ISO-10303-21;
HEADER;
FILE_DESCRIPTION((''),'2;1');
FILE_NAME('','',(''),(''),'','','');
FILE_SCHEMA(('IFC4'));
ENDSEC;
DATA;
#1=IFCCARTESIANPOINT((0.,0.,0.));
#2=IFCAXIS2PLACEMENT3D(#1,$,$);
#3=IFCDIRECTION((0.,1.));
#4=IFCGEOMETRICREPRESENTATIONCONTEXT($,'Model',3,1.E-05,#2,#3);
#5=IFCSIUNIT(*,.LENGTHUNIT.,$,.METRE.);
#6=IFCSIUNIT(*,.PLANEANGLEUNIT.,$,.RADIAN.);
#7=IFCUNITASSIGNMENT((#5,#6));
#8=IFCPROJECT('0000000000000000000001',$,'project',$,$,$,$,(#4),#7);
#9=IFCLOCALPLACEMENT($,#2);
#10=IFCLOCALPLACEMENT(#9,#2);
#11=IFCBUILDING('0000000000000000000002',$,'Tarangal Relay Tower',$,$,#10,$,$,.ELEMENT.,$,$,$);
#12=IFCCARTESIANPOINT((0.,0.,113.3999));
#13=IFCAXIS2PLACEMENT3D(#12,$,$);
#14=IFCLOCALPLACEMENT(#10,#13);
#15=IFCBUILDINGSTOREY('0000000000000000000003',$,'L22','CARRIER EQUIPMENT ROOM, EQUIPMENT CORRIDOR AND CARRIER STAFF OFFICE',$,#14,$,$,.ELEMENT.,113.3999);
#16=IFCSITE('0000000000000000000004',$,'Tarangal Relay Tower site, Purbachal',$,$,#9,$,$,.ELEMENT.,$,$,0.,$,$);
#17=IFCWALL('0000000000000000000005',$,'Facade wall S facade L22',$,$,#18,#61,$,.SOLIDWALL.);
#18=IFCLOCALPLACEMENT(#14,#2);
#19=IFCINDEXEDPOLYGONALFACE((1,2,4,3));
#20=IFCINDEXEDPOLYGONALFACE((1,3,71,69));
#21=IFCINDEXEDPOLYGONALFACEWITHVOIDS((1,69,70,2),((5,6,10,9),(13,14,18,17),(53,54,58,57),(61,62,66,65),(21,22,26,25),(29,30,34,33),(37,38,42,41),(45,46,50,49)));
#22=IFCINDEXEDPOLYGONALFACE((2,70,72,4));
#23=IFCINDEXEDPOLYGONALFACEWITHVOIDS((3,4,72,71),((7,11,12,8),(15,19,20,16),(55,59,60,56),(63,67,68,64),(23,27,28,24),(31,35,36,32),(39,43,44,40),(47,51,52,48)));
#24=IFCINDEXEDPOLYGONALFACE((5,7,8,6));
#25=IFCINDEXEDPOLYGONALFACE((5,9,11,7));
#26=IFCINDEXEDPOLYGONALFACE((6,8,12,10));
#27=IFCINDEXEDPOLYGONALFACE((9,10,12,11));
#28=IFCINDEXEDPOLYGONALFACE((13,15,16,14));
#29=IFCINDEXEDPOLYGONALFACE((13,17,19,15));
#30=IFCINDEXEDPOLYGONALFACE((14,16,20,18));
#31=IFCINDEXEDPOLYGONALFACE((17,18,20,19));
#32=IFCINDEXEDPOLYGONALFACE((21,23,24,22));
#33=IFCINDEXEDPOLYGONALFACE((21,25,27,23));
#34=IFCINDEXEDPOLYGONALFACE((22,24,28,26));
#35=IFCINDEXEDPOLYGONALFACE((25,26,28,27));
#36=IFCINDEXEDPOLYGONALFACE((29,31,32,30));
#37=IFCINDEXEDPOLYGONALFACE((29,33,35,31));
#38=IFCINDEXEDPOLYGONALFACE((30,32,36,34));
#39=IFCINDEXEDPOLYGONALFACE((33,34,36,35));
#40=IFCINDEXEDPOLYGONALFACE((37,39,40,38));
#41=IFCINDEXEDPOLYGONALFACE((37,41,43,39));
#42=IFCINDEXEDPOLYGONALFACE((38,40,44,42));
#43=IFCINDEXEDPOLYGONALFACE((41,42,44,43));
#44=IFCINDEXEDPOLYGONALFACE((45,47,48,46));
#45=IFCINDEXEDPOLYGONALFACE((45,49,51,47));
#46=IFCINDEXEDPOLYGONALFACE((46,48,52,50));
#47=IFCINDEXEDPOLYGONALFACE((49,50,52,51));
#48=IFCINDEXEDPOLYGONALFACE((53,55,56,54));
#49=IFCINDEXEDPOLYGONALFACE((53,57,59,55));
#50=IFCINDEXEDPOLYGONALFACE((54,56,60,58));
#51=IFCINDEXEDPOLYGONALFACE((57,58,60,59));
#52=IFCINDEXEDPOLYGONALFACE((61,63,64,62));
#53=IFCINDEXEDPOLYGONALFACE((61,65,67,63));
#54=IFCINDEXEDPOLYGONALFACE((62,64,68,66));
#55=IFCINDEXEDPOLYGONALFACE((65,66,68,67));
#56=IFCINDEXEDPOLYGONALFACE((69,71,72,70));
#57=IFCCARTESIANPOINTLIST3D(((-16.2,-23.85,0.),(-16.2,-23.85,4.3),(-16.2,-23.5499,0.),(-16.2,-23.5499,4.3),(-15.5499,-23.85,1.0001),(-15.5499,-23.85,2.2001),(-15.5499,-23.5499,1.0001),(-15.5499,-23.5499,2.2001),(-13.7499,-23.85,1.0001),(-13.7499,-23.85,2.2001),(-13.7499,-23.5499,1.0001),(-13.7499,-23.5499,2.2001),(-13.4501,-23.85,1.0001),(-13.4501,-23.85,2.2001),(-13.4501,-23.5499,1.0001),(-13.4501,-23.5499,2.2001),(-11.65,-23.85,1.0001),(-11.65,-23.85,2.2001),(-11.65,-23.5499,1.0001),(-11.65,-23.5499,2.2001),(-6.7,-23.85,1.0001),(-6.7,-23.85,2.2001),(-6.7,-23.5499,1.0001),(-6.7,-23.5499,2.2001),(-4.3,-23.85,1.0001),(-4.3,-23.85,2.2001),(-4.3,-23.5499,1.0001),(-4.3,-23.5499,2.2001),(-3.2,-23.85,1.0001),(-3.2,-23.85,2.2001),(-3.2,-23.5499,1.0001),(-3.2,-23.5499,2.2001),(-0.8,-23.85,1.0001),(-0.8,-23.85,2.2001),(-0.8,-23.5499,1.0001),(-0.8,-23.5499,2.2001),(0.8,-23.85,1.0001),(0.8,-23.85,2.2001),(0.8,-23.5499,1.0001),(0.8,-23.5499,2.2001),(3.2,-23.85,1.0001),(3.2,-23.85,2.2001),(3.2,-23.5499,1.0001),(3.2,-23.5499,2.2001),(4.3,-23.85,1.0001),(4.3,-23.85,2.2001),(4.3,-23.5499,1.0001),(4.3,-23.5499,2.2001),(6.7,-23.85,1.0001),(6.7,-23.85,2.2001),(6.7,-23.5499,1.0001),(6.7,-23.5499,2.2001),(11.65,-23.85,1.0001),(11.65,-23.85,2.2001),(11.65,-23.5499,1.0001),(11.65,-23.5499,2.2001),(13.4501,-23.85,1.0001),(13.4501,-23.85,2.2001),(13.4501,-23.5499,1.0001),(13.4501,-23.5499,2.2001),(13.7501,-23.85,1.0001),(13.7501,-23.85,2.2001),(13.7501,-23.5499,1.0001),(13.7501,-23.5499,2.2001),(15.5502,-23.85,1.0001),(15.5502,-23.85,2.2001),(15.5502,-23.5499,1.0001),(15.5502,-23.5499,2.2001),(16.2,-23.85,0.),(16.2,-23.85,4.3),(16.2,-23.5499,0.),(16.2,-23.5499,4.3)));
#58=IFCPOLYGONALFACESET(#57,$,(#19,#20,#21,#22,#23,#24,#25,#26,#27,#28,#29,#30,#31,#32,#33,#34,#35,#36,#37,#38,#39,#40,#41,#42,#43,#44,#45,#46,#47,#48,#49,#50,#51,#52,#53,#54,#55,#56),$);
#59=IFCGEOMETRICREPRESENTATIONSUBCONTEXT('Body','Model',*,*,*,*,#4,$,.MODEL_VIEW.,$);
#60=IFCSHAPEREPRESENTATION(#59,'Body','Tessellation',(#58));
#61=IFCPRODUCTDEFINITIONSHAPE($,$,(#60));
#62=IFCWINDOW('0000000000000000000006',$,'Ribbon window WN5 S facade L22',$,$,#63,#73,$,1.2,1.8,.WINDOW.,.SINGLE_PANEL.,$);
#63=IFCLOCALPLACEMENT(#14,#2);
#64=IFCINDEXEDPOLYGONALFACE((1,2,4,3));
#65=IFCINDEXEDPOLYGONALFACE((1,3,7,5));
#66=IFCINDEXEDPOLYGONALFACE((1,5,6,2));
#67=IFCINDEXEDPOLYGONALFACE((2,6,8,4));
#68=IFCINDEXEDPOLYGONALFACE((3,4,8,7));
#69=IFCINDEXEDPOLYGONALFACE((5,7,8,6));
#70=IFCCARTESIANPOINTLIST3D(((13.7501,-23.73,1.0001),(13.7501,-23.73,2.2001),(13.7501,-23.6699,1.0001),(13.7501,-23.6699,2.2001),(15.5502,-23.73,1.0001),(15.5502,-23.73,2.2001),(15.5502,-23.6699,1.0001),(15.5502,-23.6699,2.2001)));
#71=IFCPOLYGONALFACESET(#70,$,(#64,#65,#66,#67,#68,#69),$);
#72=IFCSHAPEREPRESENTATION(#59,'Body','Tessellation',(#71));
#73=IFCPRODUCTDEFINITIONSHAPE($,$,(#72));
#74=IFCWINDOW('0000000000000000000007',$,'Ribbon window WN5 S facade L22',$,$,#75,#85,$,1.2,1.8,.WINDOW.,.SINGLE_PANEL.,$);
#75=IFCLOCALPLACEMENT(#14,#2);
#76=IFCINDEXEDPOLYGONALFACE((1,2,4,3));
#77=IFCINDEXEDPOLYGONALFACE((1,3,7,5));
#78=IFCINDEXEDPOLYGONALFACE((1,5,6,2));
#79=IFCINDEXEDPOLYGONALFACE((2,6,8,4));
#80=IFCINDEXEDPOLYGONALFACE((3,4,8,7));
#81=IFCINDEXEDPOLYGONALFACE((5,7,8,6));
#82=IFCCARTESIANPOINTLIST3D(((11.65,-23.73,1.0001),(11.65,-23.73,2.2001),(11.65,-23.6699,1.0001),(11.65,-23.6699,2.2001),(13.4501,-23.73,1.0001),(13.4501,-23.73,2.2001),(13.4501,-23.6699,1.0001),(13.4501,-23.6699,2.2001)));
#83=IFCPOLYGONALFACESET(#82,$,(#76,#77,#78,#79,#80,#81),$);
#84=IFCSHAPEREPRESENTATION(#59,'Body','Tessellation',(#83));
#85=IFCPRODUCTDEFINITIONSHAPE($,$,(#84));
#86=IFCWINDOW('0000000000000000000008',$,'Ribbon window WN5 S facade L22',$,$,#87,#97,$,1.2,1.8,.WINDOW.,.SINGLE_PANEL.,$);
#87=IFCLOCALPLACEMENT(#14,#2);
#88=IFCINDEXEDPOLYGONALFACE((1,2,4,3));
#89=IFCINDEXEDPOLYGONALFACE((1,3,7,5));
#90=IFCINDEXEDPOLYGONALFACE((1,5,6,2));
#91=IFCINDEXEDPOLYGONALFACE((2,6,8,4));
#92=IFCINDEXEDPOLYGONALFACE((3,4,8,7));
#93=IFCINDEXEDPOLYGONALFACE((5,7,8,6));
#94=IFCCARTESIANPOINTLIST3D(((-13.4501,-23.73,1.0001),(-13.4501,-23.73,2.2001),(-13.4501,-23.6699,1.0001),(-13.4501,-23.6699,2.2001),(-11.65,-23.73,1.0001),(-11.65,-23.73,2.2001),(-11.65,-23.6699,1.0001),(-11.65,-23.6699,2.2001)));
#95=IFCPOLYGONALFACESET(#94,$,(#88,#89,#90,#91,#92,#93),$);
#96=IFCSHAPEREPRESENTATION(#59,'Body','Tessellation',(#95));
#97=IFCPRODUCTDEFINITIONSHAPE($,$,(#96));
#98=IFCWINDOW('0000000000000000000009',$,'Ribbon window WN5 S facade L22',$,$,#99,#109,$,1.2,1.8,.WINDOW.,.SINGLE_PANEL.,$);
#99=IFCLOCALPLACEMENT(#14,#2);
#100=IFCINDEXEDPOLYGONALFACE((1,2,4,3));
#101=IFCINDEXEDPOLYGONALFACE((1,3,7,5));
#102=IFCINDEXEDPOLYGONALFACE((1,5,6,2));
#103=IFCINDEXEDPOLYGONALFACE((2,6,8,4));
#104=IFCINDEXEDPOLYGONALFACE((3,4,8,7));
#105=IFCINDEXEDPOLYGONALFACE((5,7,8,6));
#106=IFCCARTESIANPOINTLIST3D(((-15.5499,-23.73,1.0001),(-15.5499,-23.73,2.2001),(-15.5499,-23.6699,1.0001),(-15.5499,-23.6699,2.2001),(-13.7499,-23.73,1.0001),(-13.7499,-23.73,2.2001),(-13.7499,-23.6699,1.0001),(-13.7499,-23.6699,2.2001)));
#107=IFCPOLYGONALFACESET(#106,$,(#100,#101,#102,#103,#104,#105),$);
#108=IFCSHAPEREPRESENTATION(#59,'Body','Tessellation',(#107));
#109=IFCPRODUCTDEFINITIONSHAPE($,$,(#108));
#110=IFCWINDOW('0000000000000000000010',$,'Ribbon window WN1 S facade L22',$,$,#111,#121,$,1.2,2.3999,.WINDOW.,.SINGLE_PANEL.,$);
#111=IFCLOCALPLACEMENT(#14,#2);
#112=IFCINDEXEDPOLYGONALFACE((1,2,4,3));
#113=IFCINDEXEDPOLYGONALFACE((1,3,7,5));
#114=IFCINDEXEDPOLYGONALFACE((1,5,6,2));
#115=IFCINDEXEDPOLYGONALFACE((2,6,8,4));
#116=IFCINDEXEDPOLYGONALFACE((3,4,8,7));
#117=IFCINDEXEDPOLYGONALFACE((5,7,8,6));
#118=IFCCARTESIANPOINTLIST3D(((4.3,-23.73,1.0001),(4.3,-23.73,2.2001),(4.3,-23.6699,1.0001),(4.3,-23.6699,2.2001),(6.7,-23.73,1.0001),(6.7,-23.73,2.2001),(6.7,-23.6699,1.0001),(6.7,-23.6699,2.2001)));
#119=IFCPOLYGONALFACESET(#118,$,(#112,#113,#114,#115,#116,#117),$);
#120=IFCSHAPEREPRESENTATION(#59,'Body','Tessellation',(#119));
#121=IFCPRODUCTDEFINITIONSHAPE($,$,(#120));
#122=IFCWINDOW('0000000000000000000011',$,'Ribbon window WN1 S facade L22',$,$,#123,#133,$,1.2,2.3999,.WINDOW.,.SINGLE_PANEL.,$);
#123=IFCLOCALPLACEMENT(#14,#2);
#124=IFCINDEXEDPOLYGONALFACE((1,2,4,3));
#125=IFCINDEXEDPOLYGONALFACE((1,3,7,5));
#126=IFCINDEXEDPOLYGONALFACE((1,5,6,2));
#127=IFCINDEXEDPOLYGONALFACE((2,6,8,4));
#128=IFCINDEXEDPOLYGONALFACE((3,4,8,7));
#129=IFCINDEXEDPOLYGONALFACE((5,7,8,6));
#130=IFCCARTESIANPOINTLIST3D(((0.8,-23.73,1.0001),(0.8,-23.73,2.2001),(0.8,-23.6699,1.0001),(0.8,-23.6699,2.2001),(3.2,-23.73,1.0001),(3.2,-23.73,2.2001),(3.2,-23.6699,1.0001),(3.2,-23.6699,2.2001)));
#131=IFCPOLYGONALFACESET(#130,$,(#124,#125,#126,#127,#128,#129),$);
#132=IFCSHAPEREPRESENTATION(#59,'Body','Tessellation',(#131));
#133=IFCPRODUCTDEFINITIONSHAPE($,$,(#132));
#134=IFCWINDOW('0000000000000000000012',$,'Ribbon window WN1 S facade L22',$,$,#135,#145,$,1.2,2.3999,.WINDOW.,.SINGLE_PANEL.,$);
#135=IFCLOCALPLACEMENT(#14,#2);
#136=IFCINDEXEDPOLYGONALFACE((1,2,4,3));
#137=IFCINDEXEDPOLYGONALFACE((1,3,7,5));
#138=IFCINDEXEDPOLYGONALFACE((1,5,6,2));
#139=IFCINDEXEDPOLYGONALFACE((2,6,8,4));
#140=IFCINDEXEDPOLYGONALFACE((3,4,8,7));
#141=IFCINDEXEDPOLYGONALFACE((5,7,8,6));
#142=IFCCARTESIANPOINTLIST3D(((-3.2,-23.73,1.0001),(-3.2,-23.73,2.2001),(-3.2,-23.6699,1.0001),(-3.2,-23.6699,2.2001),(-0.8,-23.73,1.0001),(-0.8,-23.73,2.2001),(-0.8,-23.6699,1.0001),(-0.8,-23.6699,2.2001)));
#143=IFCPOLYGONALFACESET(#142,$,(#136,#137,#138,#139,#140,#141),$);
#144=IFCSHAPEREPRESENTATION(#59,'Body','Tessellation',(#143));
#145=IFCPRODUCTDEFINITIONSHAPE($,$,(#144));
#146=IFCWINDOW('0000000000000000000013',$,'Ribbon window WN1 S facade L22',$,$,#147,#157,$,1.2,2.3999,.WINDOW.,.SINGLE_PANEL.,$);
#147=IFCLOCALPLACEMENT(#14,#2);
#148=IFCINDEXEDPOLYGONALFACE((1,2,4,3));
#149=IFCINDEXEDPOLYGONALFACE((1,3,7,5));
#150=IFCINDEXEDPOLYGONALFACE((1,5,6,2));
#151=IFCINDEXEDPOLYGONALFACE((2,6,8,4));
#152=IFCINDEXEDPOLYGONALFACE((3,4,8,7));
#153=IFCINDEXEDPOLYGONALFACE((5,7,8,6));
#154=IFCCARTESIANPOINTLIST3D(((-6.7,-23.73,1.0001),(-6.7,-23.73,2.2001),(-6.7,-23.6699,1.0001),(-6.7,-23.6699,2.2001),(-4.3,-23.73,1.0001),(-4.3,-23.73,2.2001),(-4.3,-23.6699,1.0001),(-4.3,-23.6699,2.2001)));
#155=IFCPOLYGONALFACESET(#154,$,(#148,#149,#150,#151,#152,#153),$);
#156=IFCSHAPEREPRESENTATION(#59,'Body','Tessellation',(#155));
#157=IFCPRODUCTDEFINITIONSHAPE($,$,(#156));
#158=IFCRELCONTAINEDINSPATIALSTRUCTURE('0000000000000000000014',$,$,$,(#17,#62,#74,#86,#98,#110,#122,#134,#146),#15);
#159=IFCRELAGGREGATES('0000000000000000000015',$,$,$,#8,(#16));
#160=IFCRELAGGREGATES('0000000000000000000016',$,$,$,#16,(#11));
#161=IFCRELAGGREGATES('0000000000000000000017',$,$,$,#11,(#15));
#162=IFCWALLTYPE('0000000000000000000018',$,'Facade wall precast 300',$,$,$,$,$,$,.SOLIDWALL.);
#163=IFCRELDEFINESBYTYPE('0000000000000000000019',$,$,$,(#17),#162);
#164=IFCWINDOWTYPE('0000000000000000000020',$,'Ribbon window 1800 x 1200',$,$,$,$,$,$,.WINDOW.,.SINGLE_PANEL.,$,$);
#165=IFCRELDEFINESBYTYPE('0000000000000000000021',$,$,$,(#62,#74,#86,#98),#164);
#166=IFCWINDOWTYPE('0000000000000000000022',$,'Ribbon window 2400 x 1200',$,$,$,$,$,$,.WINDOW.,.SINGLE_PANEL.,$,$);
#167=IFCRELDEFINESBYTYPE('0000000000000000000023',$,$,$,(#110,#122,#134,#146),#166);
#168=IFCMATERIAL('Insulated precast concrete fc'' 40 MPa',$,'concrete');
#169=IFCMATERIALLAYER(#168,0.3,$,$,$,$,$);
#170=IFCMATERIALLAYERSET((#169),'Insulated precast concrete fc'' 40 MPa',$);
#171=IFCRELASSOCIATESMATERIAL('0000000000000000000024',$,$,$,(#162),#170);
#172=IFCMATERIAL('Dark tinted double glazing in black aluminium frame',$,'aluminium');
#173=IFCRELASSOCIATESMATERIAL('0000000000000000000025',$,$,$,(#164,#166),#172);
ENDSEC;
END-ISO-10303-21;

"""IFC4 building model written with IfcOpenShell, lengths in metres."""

from ifc_helpers import new_model, si_unit, direction, frame, frame_2d, origin, place, context, subcontext, project, spatial, rectangle, extrude, material, layer, layer_set, type_object, element, fill, save


model = new_model("IFC4")

# Units and contexts
model_context = context("Model", 3, precision=1e-05, world=origin(), true_north=direction((0.0, 1.0)))
body_context = subcontext(model_context, "Body", "Model", "MODEL_VIEW")
ifc_project = project(units=[si_unit("LENGTHUNIT", "METRE"), si_unit("PLANEANGLEUNIT", "RADIAN")], contexts=[model_context])

# Site, building, storey
site_placement = place(None, origin())
site = spatial("IfcSite", under=ifc_project, at=site_placement, Name="Tarangal Relay Tower site, Purbachal", CompositionType="ELEMENT", RefElevation=0.0)
building_placement = place(site_placement, origin())
building = spatial("IfcBuilding", under=site, at=building_placement, Name="Tarangal Relay Tower", CompositionType="ELEMENT")
storey_placement = place(building_placement, frame((0.0, 0.0, 113.3999)))
storey = spatial("IfcBuildingStorey", under=building, at=storey_placement, Name="L22", Description="CARRIER EQUIPMENT ROOM, EQUIPMENT CORRIDOR AND CARRIER STAFF OFFICE", CompositionType="ELEMENT", Elevation=113.3999)

# Shared definitions
ifc_material_1 = material(Name="Insulated precast concrete fc' 40 MPa", Category="concrete")
ifc_layer_1 = layer(ifc_material_1, 0.3)
ifc_layer_set_1 = layer_set([ifc_layer_1], Name="Insulated precast concrete fc' 40 MPa")
wall_type_1 = type_object("IfcWallType", Name="Facade wall precast 300", PredefinedType="SOLIDWALL", material=ifc_layer_set_1)

# Wall, openings, windows
wall_1_placement = place(storey_placement, frame((16.2, -23.7, 0.0), z_axis=(0.0, 0.0, 1.0), x_axis=(-1.0, 0.0, 0.0)))
wall_1 = element("IfcWall", 1, at=wall_1_placement, inside=storey, type_object=wall_type_1, Name="Facade wall S facade L22", PredefinedType="SOLIDWALL", context=body_context, shape_type="SweptSolid", body=[
    extrude(rectangle(XDim=32.3999, YDim=0.3, at=frame_2d((16.2, 0.0))), origin(), (0.0, 0.0, 1.0), 4.3),
])
opening_1_placement = place(wall_1_placement, frame((0.6499, 0.0, 1.0)))
opening_1 = element("IfcOpeningElement", 2, at=opening_1_placement, cuts=wall_1, PredefinedType="OPENING", context=body_context, shape_type="SweptSolid", body=[
    extrude(rectangle(XDim=1.8, YDim=1.2, at=frame_2d((0.8999, 0.6001))), frame((0.0, 0.1599, 0.0), z_axis=(0.0, -1.0, 0.0), x_axis=(1.0, 0.0, 0.0)), (0.0, 0.0, 1.0), 0.3201),
])
opening_2_placement = place(wall_1_placement, frame((2.75, 0.0, 1.0)))
opening_2 = element("IfcOpeningElement", 3, at=opening_2_placement, cuts=wall_1, PredefinedType="OPENING", context=body_context, shape_type="SweptSolid", body=[
    extrude(rectangle(XDim=1.8, YDim=1.2, at=frame_2d((0.8999, 0.6001))), frame((0.0, 0.1599, 0.0), z_axis=(0.0, -1.0, 0.0), x_axis=(1.0, 0.0, 0.0)), (0.0, 0.0, 1.0), 0.3201),
])
opening_3_placement = place(wall_1_placement, frame((9.5, 0.0, 1.0)))
opening_3 = element("IfcOpeningElement", 4, at=opening_3_placement, cuts=wall_1, PredefinedType="OPENING", context=body_context, shape_type="SweptSolid", body=[
    extrude(rectangle(XDim=2.3999, YDim=1.2, at=frame_2d((1.2, 0.6001))), frame((0.0, 0.1599, 0.0), z_axis=(0.0, -1.0, 0.0), x_axis=(1.0, 0.0, 0.0)), (0.0, 0.0, 1.0), 0.3201),
])
opening_4_placement = place(wall_1_placement, frame((13.0, 0.0, 1.0)))
opening_4 = element("IfcOpeningElement", 5, at=opening_4_placement, cuts=wall_1, PredefinedType="OPENING", context=body_context, shape_type="SweptSolid", body=[
    extrude(rectangle(XDim=2.3999, YDim=1.2, at=frame_2d((1.2, 0.6001))), frame((0.0, 0.1599, 0.0), z_axis=(0.0, -1.0, 0.0), x_axis=(1.0, 0.0, 0.0)), (0.0, 0.0, 1.0), 0.3201),
])
opening_5_placement = place(wall_1_placement, frame((17.0, 0.0, 1.0)))
opening_5 = element("IfcOpeningElement", 6, at=opening_5_placement, cuts=wall_1, PredefinedType="OPENING", context=body_context, shape_type="SweptSolid", body=[
    extrude(rectangle(XDim=2.3999, YDim=1.2, at=frame_2d((1.2, 0.6001))), frame((0.0, 0.1599, 0.0), z_axis=(0.0, -1.0, 0.0), x_axis=(1.0, 0.0, 0.0)), (0.0, 0.0, 1.0), 0.3201),
])
opening_6_placement = place(wall_1_placement, frame((20.5, 0.0, 1.0)))
opening_6 = element("IfcOpeningElement", 7, at=opening_6_placement, cuts=wall_1, PredefinedType="OPENING", context=body_context, shape_type="SweptSolid", body=[
    extrude(rectangle(XDim=2.3999, YDim=1.2, at=frame_2d((1.2, 0.6001))), frame((0.0, 0.1599, 0.0), z_axis=(0.0, -1.0, 0.0), x_axis=(1.0, 0.0, 0.0)), (0.0, 0.0, 1.0), 0.3201),
])
opening_7_placement = place(wall_1_placement, frame((27.8501, 0.0, 1.0)))
opening_7 = element("IfcOpeningElement", 8, at=opening_7_placement, cuts=wall_1, PredefinedType="OPENING", context=body_context, shape_type="SweptSolid", body=[
    extrude(rectangle(XDim=1.8, YDim=1.2, at=frame_2d((0.8999, 0.6001))), frame((0.0, 0.1599, 0.0), z_axis=(0.0, -1.0, 0.0), x_axis=(1.0, 0.0, 0.0)), (0.0, 0.0, 1.0), 0.3201),
])
opening_8_placement = place(wall_1_placement, frame((29.95, 0.0, 1.0)))
opening_8 = element("IfcOpeningElement", 9, at=opening_8_placement, cuts=wall_1, PredefinedType="OPENING", context=body_context, shape_type="SweptSolid", body=[
    extrude(rectangle(XDim=1.8, YDim=1.2, at=frame_2d((0.8999, 0.6001))), frame((0.0, 0.1599, 0.0), z_axis=(0.0, -1.0, 0.0), x_axis=(1.0, 0.0, 0.0)), (0.0, 0.0, 1.0), 0.3201),
])
ifc_material_2 = material(Name="Dark tinted double glazing in black aluminium frame", Category="aluminium")
window_type_1 = type_object("IfcWindowType", Name="Ribbon window 1800 x 1200", PartitioningType="SINGLE_PANEL", PredefinedType="WINDOW", material=ifc_material_2)
window_1_placement = place(opening_1_placement, origin())
window_1 = element("IfcWindow", 10, at=window_1_placement, inside=storey, type_object=window_type_1, Name="Ribbon window WN5 S facade L22", OverallHeight=1.2, OverallWidth=1.8, PartitioningType="SINGLE_PANEL", PredefinedType="WINDOW", context=body_context, shape_type="SweptSolid", body=[
    extrude(rectangle(XDim=1.8, YDim=1.2, at=frame_2d((0.8999, 0.6001))), frame((0.0, 0.03, 0.0), z_axis=(0.0, -1.0, 0.0), x_axis=(1.0, 0.0, 0.0)), (0.0, 0.0, 1.0), 0.0601),
])
fill(opening_1, window_1)
window_2_placement = place(opening_2_placement, origin())
window_2 = element("IfcWindow", 11, at=window_2_placement, inside=storey, type_object=window_type_1, Name="Ribbon window WN5 S facade L22", OverallHeight=1.2, OverallWidth=1.8, PartitioningType="SINGLE_PANEL", PredefinedType="WINDOW", context=body_context, shape_type="SweptSolid", body=[
    extrude(rectangle(XDim=1.8, YDim=1.2, at=frame_2d((0.8999, 0.6001))), frame((0.0, 0.03, 0.0), z_axis=(0.0, -1.0, 0.0), x_axis=(1.0, 0.0, 0.0)), (0.0, 0.0, 1.0), 0.0601),
])
fill(opening_2, window_2)
window_3_placement = place(opening_7_placement, origin())
window_3 = element("IfcWindow", 12, at=window_3_placement, inside=storey, type_object=window_type_1, Name="Ribbon window WN5 S facade L22", OverallHeight=1.2, OverallWidth=1.8, PartitioningType="SINGLE_PANEL", PredefinedType="WINDOW", context=body_context, shape_type="SweptSolid", body=[
    extrude(rectangle(XDim=1.8, YDim=1.2, at=frame_2d((0.8999, 0.6001))), frame((0.0, 0.03, 0.0), z_axis=(0.0, -1.0, 0.0), x_axis=(1.0, 0.0, 0.0)), (0.0, 0.0, 1.0), 0.0601),
])
fill(opening_7, window_3)
window_4_placement = place(opening_8_placement, origin())
window_4 = element("IfcWindow", 13, at=window_4_placement, inside=storey, type_object=window_type_1, Name="Ribbon window WN5 S facade L22", OverallHeight=1.2, OverallWidth=1.8, PartitioningType="SINGLE_PANEL", PredefinedType="WINDOW", context=body_context, shape_type="SweptSolid", body=[
    extrude(rectangle(XDim=1.8, YDim=1.2, at=frame_2d((0.8999, 0.6001))), frame((0.0, 0.03, 0.0), z_axis=(0.0, -1.0, 0.0), x_axis=(1.0, 0.0, 0.0)), (0.0, 0.0, 1.0), 0.0601),
])
fill(opening_8, window_4)
window_type_2 = type_object("IfcWindowType", Name="Ribbon window 2400 x 1200", PartitioningType="SINGLE_PANEL", PredefinedType="WINDOW", material=ifc_material_2)
window_5_placement = place(opening_3_placement, origin())
window_5 = element("IfcWindow", 14, at=window_5_placement, inside=storey, type_object=window_type_2, Name="Ribbon window WN1 S facade L22", OverallHeight=1.2, OverallWidth=2.3999, PartitioningType="SINGLE_PANEL", PredefinedType="WINDOW", context=body_context, shape_type="SweptSolid", body=[
    extrude(rectangle(XDim=2.3999, YDim=1.2, at=frame_2d((1.2, 0.6001))), frame((0.0, 0.03, 0.0), z_axis=(0.0, -1.0, 0.0), x_axis=(1.0, 0.0, 0.0)), (0.0, 0.0, 1.0), 0.0601),
])
fill(opening_3, window_5)
window_6_placement = place(opening_4_placement, origin())
window_6 = element("IfcWindow", 15, at=window_6_placement, inside=storey, type_object=window_type_2, Name="Ribbon window WN1 S facade L22", OverallHeight=1.2, OverallWidth=2.3999, PartitioningType="SINGLE_PANEL", PredefinedType="WINDOW", context=body_context, shape_type="SweptSolid", body=[
    extrude(rectangle(XDim=2.3999, YDim=1.2, at=frame_2d((1.2, 0.6001))), frame((0.0, 0.03, 0.0), z_axis=(0.0, -1.0, 0.0), x_axis=(1.0, 0.0, 0.0)), (0.0, 0.0, 1.0), 0.0601),
])
fill(opening_4, window_6)
window_7_placement = place(opening_5_placement, origin())
window_7 = element("IfcWindow", 16, at=window_7_placement, inside=storey, type_object=window_type_2, Name="Ribbon window WN1 S facade L22", OverallHeight=1.2, OverallWidth=2.3999, PartitioningType="SINGLE_PANEL", PredefinedType="WINDOW", context=body_context, shape_type="SweptSolid", body=[
    extrude(rectangle(XDim=2.3999, YDim=1.2, at=frame_2d((1.2, 0.6001))), frame((0.0, 0.03, 0.0), z_axis=(0.0, -1.0, 0.0), x_axis=(1.0, 0.0, 0.0)), (0.0, 0.0, 1.0), 0.0601),
])
fill(opening_5, window_7)
window_8_placement = place(opening_6_placement, origin())
window_8 = element("IfcWindow", 17, at=window_8_placement, inside=storey, type_object=window_type_2, Name="Ribbon window WN1 S facade L22", OverallHeight=1.2, OverallWidth=2.3999, PartitioningType="SINGLE_PANEL", PredefinedType="WINDOW", context=body_context, shape_type="SweptSolid", body=[
    extrude(rectangle(XDim=2.3999, YDim=1.2, at=frame_2d((1.2, 0.6001))), frame((0.0, 0.03, 0.0), z_axis=(0.0, -1.0, 0.0), x_axis=(1.0, 0.0, 0.0)), (0.0, 0.0, 1.0), 0.0601),
])
fill(opening_6, window_8)

save(model, "model.ifc")
